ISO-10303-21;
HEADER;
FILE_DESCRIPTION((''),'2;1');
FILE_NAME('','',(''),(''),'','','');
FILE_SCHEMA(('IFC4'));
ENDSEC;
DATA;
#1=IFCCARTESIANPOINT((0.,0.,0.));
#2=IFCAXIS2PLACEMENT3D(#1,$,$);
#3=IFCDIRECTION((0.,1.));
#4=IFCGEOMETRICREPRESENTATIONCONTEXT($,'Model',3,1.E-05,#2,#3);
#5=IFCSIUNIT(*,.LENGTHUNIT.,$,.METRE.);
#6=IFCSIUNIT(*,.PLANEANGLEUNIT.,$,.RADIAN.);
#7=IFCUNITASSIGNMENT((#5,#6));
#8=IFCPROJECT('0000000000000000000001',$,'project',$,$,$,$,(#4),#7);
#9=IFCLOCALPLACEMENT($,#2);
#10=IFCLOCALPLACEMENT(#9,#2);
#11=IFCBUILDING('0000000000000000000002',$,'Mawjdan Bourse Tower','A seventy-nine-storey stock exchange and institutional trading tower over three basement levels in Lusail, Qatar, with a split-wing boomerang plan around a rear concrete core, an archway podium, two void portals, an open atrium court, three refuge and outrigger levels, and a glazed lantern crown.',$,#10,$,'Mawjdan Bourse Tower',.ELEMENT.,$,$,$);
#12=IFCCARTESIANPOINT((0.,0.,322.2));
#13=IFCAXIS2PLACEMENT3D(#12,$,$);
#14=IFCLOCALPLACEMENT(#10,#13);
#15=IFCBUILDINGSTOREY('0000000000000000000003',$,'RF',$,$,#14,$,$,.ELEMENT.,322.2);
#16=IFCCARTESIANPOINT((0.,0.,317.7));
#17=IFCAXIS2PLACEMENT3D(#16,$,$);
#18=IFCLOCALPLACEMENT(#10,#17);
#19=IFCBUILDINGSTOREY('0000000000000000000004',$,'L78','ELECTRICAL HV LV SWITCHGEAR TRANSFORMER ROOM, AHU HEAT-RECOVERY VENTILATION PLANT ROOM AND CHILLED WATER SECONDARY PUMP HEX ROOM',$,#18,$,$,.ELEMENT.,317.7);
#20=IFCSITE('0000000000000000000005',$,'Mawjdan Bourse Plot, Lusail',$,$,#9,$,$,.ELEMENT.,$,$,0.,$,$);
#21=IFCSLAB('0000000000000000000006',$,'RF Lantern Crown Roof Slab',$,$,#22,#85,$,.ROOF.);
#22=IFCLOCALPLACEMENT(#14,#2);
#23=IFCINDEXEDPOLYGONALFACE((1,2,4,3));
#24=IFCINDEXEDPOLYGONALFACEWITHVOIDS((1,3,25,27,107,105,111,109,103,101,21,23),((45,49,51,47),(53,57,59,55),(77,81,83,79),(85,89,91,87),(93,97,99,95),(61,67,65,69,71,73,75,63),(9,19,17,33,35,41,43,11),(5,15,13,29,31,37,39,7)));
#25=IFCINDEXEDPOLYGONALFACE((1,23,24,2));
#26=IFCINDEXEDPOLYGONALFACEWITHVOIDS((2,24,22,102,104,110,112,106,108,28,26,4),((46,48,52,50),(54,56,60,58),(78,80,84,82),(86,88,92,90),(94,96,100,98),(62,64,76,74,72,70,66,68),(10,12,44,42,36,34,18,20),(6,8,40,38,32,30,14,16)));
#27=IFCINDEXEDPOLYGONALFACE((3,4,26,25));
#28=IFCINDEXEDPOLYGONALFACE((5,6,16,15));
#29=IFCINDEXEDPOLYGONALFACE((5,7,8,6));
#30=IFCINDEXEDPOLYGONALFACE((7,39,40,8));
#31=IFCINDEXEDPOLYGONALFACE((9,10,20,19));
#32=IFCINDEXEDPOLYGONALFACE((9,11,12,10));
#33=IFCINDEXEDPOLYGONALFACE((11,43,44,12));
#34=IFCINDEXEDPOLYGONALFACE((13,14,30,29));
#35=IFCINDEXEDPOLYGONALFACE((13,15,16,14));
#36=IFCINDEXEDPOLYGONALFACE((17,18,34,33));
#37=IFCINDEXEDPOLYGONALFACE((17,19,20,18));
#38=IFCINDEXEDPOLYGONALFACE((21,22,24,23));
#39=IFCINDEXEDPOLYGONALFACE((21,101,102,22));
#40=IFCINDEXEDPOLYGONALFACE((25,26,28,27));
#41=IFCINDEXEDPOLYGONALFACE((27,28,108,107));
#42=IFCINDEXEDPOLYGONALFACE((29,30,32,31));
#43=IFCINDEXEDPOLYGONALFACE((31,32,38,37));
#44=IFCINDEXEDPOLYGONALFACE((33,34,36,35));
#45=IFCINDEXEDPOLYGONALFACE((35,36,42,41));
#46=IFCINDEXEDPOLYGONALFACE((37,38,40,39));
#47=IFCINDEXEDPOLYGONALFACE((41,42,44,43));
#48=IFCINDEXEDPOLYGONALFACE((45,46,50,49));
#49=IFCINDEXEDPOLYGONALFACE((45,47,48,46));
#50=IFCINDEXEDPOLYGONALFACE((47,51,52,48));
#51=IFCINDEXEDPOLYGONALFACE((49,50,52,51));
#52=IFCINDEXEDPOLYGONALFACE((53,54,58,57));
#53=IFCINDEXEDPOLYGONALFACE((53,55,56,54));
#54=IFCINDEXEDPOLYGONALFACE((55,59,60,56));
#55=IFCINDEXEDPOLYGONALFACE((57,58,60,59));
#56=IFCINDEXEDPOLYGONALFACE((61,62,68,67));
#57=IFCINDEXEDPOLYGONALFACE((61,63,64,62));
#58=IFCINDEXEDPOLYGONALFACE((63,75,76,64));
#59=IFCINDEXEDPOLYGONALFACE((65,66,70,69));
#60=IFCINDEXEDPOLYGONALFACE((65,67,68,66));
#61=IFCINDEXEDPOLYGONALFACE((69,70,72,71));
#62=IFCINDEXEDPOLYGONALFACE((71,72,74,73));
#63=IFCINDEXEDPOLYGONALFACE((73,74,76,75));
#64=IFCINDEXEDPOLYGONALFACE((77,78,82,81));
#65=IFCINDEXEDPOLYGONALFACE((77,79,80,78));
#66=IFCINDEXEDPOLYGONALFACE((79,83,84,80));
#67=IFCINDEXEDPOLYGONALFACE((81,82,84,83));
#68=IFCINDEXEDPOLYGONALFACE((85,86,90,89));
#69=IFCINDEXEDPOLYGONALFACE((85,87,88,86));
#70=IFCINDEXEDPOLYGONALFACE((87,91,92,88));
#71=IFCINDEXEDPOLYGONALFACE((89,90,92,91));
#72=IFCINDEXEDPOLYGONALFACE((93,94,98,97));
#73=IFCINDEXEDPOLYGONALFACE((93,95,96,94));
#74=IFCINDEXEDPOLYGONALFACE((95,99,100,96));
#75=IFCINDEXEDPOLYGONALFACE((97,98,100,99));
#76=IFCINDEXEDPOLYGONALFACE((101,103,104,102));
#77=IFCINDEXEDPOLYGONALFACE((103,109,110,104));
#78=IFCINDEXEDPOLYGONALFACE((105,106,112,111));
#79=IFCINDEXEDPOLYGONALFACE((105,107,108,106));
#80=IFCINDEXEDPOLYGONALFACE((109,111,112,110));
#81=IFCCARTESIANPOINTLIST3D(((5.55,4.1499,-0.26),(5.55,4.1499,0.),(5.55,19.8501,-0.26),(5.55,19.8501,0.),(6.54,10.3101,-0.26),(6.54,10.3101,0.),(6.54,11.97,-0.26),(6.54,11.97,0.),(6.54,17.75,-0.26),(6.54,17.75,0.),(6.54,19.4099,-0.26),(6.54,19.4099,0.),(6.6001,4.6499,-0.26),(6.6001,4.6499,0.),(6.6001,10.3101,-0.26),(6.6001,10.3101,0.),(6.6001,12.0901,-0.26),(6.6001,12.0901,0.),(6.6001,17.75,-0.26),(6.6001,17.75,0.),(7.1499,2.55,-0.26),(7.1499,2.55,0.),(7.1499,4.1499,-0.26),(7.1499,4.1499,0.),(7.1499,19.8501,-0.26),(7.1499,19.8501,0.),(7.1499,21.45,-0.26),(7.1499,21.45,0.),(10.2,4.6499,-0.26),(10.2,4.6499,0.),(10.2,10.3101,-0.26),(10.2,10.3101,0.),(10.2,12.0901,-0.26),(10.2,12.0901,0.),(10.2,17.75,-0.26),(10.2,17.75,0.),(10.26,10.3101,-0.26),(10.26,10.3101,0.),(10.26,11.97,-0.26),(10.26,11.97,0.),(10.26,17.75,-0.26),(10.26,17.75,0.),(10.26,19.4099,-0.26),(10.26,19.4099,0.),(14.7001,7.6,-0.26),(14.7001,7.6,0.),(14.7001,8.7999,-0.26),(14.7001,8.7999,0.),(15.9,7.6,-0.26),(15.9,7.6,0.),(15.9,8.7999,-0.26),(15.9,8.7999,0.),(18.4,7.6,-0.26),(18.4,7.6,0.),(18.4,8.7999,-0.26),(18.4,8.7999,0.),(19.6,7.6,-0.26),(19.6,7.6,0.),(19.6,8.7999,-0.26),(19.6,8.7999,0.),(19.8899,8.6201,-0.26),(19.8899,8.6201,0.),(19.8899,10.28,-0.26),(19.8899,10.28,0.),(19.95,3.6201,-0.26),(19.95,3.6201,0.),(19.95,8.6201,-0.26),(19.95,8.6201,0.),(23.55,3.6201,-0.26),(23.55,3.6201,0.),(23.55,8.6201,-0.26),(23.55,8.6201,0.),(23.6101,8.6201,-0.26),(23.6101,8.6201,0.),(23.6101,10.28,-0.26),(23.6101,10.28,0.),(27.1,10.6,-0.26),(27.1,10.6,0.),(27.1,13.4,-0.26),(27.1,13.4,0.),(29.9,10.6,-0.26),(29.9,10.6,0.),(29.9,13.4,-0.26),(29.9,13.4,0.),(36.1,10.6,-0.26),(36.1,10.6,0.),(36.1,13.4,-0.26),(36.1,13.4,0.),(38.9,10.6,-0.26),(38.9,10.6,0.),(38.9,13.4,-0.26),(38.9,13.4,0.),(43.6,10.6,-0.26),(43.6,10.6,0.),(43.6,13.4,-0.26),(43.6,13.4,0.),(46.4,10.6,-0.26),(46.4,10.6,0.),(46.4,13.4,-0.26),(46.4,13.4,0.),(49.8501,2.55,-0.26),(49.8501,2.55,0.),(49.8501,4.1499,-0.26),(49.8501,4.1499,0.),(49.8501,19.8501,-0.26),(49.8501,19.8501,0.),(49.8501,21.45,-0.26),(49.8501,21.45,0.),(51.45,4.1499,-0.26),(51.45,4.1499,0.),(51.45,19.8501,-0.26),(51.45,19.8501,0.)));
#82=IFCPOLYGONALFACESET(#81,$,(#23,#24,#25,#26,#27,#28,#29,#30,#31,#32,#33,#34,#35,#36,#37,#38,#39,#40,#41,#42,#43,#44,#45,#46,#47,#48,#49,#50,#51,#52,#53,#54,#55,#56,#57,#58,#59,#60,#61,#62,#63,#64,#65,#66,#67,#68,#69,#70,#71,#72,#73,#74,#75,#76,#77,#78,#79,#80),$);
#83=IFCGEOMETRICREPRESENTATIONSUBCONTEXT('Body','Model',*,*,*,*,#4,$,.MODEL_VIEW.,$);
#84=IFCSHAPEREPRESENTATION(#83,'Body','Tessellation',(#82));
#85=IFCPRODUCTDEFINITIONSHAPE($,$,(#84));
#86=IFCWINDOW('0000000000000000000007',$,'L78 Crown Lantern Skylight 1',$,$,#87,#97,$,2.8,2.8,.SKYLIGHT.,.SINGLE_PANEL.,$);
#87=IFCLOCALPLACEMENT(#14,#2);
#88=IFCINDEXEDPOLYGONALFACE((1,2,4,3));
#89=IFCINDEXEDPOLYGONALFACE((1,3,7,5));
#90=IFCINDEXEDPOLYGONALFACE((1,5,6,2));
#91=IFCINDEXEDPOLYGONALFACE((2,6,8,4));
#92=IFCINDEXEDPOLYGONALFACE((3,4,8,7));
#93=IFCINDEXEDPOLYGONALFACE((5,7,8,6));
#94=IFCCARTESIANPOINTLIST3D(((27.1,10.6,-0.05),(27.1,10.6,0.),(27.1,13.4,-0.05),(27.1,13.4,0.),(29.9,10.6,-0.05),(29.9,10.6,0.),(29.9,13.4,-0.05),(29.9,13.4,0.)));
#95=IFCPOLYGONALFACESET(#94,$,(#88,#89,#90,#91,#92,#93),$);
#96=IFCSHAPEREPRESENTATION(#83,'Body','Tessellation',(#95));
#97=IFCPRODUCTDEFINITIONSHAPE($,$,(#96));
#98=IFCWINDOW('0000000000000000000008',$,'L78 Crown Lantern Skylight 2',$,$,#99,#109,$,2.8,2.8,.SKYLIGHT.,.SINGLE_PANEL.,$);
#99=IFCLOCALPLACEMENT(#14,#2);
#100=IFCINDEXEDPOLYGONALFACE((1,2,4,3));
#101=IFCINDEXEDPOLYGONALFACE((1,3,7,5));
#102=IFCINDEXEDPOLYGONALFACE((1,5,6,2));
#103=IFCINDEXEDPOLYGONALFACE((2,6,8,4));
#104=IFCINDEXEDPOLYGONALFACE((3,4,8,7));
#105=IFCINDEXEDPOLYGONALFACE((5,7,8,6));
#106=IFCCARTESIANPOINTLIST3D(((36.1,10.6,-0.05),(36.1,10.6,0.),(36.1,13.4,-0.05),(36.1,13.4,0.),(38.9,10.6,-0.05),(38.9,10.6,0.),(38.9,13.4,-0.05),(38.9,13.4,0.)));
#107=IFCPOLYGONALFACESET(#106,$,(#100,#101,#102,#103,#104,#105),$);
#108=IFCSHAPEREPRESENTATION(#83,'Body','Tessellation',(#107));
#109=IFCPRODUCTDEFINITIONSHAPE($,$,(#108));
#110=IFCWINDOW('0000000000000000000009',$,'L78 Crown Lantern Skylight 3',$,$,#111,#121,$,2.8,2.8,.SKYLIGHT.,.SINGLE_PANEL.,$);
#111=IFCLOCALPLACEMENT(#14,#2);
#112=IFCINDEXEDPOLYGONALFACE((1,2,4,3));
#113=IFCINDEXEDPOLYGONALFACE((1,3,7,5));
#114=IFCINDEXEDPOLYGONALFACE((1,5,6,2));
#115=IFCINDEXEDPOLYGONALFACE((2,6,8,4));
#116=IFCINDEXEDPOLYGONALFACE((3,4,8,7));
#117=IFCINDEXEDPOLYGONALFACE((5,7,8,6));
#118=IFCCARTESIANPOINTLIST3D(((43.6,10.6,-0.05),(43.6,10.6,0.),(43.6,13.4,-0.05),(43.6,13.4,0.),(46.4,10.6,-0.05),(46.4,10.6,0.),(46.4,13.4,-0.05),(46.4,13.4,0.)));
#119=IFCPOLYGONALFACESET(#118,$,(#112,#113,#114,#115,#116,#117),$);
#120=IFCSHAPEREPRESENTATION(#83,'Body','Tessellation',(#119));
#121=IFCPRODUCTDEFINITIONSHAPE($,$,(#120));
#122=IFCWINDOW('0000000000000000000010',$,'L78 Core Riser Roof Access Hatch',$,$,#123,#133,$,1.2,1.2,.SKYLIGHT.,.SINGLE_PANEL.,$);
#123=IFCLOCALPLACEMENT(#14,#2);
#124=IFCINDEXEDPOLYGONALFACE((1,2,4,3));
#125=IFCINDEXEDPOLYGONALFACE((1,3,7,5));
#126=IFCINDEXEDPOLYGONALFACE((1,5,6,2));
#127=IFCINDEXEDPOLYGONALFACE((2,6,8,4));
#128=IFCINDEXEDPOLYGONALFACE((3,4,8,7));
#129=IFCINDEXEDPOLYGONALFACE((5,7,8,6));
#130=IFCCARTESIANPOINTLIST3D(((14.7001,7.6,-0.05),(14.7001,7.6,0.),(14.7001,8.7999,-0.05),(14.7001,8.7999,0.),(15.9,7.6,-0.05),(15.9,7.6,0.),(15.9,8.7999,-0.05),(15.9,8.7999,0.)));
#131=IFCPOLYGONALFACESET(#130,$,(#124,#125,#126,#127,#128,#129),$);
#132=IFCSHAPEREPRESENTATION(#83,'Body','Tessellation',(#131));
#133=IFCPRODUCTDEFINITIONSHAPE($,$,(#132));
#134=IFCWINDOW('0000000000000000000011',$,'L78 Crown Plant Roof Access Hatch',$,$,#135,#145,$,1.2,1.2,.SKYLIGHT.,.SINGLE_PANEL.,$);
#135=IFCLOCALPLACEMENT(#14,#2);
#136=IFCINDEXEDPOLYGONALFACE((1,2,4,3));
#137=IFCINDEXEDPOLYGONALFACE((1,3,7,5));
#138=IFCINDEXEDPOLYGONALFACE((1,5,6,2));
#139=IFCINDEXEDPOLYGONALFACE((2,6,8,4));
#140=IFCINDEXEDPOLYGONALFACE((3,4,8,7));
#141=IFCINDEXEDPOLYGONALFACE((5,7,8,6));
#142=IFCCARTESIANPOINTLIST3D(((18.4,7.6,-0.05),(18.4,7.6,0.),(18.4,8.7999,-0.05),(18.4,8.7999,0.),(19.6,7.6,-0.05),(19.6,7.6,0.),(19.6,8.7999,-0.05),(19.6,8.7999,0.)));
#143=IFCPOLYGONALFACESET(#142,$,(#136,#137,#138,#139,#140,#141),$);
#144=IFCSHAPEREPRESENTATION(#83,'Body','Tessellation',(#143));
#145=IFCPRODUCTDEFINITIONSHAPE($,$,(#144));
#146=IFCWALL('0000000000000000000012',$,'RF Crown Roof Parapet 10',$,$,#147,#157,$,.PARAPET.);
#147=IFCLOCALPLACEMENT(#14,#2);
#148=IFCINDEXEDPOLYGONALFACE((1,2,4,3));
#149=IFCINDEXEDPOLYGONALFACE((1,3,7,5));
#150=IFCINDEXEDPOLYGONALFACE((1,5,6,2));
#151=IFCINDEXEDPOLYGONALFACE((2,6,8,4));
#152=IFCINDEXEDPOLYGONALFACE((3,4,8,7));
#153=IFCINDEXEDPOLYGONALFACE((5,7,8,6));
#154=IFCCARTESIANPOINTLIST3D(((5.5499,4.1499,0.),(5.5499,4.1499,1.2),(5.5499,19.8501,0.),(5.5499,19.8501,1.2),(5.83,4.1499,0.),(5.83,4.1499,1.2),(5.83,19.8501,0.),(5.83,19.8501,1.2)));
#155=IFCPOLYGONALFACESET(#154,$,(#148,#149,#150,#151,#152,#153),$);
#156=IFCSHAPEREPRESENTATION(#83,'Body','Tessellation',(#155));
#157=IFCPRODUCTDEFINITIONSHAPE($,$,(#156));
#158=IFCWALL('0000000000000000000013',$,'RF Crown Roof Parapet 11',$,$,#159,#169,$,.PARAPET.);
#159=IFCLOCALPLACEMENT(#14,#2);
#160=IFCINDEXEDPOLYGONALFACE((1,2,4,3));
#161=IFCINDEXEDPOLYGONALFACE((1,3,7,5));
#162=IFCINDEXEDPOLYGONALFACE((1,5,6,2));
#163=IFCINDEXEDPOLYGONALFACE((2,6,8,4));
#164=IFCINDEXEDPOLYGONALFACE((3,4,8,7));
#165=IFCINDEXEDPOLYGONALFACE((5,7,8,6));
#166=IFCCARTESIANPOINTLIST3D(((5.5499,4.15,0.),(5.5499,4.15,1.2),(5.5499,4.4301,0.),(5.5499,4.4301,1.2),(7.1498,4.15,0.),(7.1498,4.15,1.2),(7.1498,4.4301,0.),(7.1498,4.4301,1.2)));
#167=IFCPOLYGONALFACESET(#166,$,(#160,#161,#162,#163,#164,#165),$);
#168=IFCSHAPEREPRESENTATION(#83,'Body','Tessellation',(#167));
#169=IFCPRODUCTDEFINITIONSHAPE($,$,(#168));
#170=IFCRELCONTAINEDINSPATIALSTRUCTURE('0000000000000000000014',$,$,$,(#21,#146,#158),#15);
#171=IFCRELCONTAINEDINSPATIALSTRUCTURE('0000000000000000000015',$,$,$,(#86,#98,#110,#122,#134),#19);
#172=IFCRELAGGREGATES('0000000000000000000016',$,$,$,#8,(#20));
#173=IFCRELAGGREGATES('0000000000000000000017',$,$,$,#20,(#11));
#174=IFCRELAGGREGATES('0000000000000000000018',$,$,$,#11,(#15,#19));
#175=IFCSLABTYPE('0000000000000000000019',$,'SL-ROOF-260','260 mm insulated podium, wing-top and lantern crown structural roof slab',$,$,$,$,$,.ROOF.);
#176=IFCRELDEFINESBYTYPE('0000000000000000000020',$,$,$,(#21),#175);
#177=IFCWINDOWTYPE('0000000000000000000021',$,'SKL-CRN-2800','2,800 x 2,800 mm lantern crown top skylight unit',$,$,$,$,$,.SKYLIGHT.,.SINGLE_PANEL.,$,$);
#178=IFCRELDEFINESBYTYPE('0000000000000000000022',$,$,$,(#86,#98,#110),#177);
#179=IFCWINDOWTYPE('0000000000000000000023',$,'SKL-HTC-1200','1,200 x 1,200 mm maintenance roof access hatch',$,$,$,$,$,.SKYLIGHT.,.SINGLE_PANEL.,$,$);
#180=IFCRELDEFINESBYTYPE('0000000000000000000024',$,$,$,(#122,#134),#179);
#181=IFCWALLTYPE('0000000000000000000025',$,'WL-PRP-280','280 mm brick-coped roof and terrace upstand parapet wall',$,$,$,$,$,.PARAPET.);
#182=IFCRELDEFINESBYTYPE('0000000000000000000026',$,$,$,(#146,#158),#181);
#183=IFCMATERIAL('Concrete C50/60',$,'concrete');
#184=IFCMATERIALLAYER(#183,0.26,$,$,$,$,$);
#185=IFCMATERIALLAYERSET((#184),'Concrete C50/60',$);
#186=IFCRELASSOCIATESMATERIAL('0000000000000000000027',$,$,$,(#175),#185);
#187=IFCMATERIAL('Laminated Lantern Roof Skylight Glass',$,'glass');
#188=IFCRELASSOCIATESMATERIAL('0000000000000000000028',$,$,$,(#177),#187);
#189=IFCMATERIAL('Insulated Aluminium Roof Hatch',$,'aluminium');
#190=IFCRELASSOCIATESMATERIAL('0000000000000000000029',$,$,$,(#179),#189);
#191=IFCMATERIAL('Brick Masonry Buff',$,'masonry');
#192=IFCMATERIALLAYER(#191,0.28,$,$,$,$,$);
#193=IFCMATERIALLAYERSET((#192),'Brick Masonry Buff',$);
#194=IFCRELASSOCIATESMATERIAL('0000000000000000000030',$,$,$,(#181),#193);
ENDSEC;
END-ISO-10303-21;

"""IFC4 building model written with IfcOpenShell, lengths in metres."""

from ifc_helpers import new_model, si_unit, direction, frame, frame_2d, origin, origin_2d, place, context, subcontext, project, spatial, polyline, rectangle, outline, extrude, material, layer, layer_set, type_object, element, fill, save


model = new_model("IFC4")

# Units and contexts
model_context = context("Model", 3, precision=1e-05, world=origin(), true_north=direction((0.0, 1.0)))
body_context = subcontext(model_context, "Body", "Model", "MODEL_VIEW")
ifc_project = project(units=[si_unit("LENGTHUNIT", "METRE"), si_unit("PLANEANGLEUNIT", "RADIAN")], contexts=[model_context])

# Site, building, storey
site_placement = place(None, origin())
site = spatial("IfcSite", under=ifc_project, at=site_placement, Name="Mawjdan Bourse Plot, Lusail", CompositionType="ELEMENT", RefElevation=0.0)
building_placement = place(site_placement, origin())
building = spatial("IfcBuilding", under=site, at=building_placement, Name="Mawjdan Bourse Tower", Description="A seventy-nine-storey stock exchange and institutional trading tower over three basement levels in Lusail, Qatar, with a split-wing boomerang plan around a rear concrete core, an archway podium, two void portals, an open atrium court, three refuge and outrigger levels, and a glazed lantern crown.", LongName="Mawjdan Bourse Tower", CompositionType="ELEMENT")
storey_1_placement = place(building_placement, frame((0.0, 0.0, 322.2)))
storey_1 = spatial("IfcBuildingStorey", under=building, at=storey_1_placement, Name="RF", CompositionType="ELEMENT", Elevation=322.2)

# Shared definitions
ifc_material_1 = material(Name="Concrete C50/60", Category="concrete")

# Slab, openings
ifc_layer_1 = layer(ifc_material_1, 0.26)
ifc_layer_set_1 = layer_set([ifc_layer_1], Name="Concrete C50/60")
slab_type_1 = type_object("IfcSlabType", Name="SL-ROOF-260", Description="260 mm insulated podium, wing-top and lantern crown structural roof slab", PredefinedType="ROOF", material=ifc_layer_set_1)
slab_1_placement = place(storey_1_placement, frame((0.0, 0.0, -0.26)))
slab_1 = element("IfcSlab", 1, at=slab_1_placement, inside=storey_1, type_object=slab_type_1, Name="RF Lantern Crown Roof Slab", PredefinedType="ROOF", context=body_context, shape_type="SweptSolid", body=[
    extrude(outline(polyline([(7.1499, 2.55), (49.8501, 2.55), (49.8501, 4.1499), (51.45, 4.1499), (51.45, 19.8501), (49.8501, 19.8501), (49.8501, 21.45), (7.1499, 21.45), (7.1499, 19.8501), (5.55, 19.8501), (5.55, 4.1499), (7.1499, 4.1499), (7.1499, 2.55)]), holes=[polyline([(19.8899, 8.6201), (19.8899, 10.28), (23.6101, 10.28), (23.6101, 8.6201), (23.55, 8.6201), (23.55, 3.6201), (19.95, 3.6201), (19.95, 8.6201), (19.8899, 8.6201)]), polyline([(10.2, 4.6499), (6.6001, 4.6499), (6.6001, 10.3101), (6.54, 10.3101), (6.54, 11.97), (10.26, 11.97), (10.26, 10.3101), (10.2, 10.3101), (10.2, 4.6499)]), polyline([(6.54, 19.4099), (10.26, 19.4099), (10.26, 17.75), (10.2, 17.75), (10.2, 12.0901), (6.6001, 12.0901), (6.6001, 17.75), (6.54, 17.75), (6.54, 19.4099)])]), origin(), (0.0, 0.0, 1.0), 0.26),
])
opening_1_placement = place(slab_1_placement, frame((28.5, 12.0, 0.0)))
opening_1 = element("IfcOpeningElement", 2, at=opening_1_placement, cuts=slab_1, PredefinedType="OPENING", context=body_context, shape_type="SweptSolid", body=[
    extrude(rectangle(XDim=2.8, YDim=2.8, at=origin_2d()), frame((0.0, 0.0, -0.01)), (0.0, 0.0, 1.0), 0.28),
])
opening_2_placement = place(slab_1_placement, frame((37.5, 12.0, 0.0)))
opening_2 = element("IfcOpeningElement", 3, at=opening_2_placement, cuts=slab_1, PredefinedType="OPENING", context=body_context, shape_type="SweptSolid", body=[
    extrude(rectangle(XDim=2.8, YDim=2.8, at=origin_2d()), frame((0.0, 0.0, -0.01)), (0.0, 0.0, 1.0), 0.28),
])
opening_3_placement = place(slab_1_placement, frame((45.0, 12.0, 0.0)))
opening_3 = element("IfcOpeningElement", 4, at=opening_3_placement, cuts=slab_1, PredefinedType="OPENING", context=body_context, shape_type="SweptSolid", body=[
    extrude(rectangle(XDim=2.8, YDim=2.8, at=origin_2d()), frame((0.0, 0.0, -0.01)), (0.0, 0.0, 1.0), 0.28),
])
opening_4_placement = place(slab_1_placement, frame((15.3, 8.2, 0.0)))
opening_4 = element("IfcOpeningElement", 5, at=opening_4_placement, cuts=slab_1, PredefinedType="OPENING", context=body_context, shape_type="SweptSolid", body=[
    extrude(rectangle(XDim=1.2, YDim=1.2, at=origin_2d()), frame((0.0, 0.0, -0.01)), (0.0, 0.0, 1.0), 0.28),
])
opening_5_placement = place(slab_1_placement, frame((19.0, 8.2, 0.0)))
opening_5 = element("IfcOpeningElement", 6, at=opening_5_placement, cuts=slab_1, PredefinedType="OPENING", context=body_context, shape_type="SweptSolid", body=[
    extrude(rectangle(XDim=1.2, YDim=1.2, at=origin_2d()), frame((0.0, 0.0, -0.01)), (0.0, 0.0, 1.0), 0.28),
])

# Shared definitions
storey_2_placement = place(building_placement, frame((0.0, 0.0, 317.7)))
storey_2 = spatial("IfcBuildingStorey", under=building, at=storey_2_placement, Name="L78", Description="ELECTRICAL HV LV SWITCHGEAR TRANSFORMER ROOM, AHU HEAT-RECOVERY VENTILATION PLANT ROOM AND CHILLED WATER SECONDARY PUMP HEX ROOM", CompositionType="ELEMENT", Elevation=317.7)

# Windows
ifc_material_2 = material(Name="Laminated Lantern Roof Skylight Glass", Category="glass")
window_type_1 = type_object("IfcWindowType", Name="SKL-CRN-2800", Description="2,800 x 2,800 mm lantern crown top skylight unit", PartitioningType="SINGLE_PANEL", PredefinedType="SKYLIGHT", material=ifc_material_2)
window_1_placement = place(opening_1_placement, frame((0.0, 0.0, 0.21)))
window_1 = element("IfcWindow", 7, at=window_1_placement, inside=storey_2, type_object=window_type_1, Name="L78 Crown Lantern Skylight 1", OverallHeight=2.8, OverallWidth=2.8, PartitioningType="SINGLE_PANEL", PredefinedType="SKYLIGHT", context=body_context, shape_type="SweptSolid", body=[
    extrude(rectangle(XDim=2.8, YDim=2.8, at=origin_2d()), origin(), (0.0, 0.0, 1.0), 0.05),
])
fill(opening_1, window_1)
window_2_placement = place(opening_2_placement, frame((0.0, 0.0, 0.21)))
window_2 = element("IfcWindow", 8, at=window_2_placement, inside=storey_2, type_object=window_type_1, Name="L78 Crown Lantern Skylight 2", OverallHeight=2.8, OverallWidth=2.8, PartitioningType="SINGLE_PANEL", PredefinedType="SKYLIGHT", context=body_context, shape_type="SweptSolid", body=[
    extrude(rectangle(XDim=2.8, YDim=2.8, at=origin_2d()), origin(), (0.0, 0.0, 1.0), 0.05),
])
fill(opening_2, window_2)
window_3_placement = place(opening_3_placement, frame((0.0, 0.0, 0.21)))
window_3 = element("IfcWindow", 9, at=window_3_placement, inside=storey_2, type_object=window_type_1, Name="L78 Crown Lantern Skylight 3", OverallHeight=2.8, OverallWidth=2.8, PartitioningType="SINGLE_PANEL", PredefinedType="SKYLIGHT", context=body_context, shape_type="SweptSolid", body=[
    extrude(rectangle(XDim=2.8, YDim=2.8, at=origin_2d()), origin(), (0.0, 0.0, 1.0), 0.05),
])
fill(opening_3, window_3)
ifc_material_3 = material(Name="Insulated Aluminium Roof Hatch", Category="aluminium")
window_type_2 = type_object("IfcWindowType", Name="SKL-HTC-1200", Description="1,200 x 1,200 mm maintenance roof access hatch", PartitioningType="SINGLE_PANEL", PredefinedType="SKYLIGHT", material=ifc_material_3)
window_4_placement = place(opening_4_placement, frame((0.0, 0.0, 0.21)))
window_4 = element("IfcWindow", 10, at=window_4_placement, inside=storey_2, type_object=window_type_2, Name="L78 Core Riser Roof Access Hatch", OverallHeight=1.2, OverallWidth=1.2, PartitioningType="SINGLE_PANEL", PredefinedType="SKYLIGHT", context=body_context, shape_type="SweptSolid", body=[
    extrude(rectangle(XDim=1.2, YDim=1.2, at=origin_2d()), origin(), (0.0, 0.0, 1.0), 0.05),
])
fill(opening_4, window_4)
window_5_placement = place(opening_5_placement, frame((0.0, 0.0, 0.21)))
window_5 = element("IfcWindow", 11, at=window_5_placement, inside=storey_2, type_object=window_type_2, Name="L78 Crown Plant Roof Access Hatch", OverallHeight=1.2, OverallWidth=1.2, PartitioningType="SINGLE_PANEL", PredefinedType="SKYLIGHT", context=body_context, shape_type="SweptSolid", body=[
    extrude(rectangle(XDim=1.2, YDim=1.2, at=origin_2d()), origin(), (0.0, 0.0, 1.0), 0.05),
])
fill(opening_5, window_5)

# Walls
ifc_material_4 = material(Name="Brick Masonry Buff", Category="masonry")
ifc_layer_2 = layer(ifc_material_4, 0.28)
ifc_layer_set_2 = layer_set([ifc_layer_2], Name="Brick Masonry Buff")
wall_type = type_object("IfcWallType", Name="WL-PRP-280", Description="280 mm brick-coped roof and terrace upstand parapet wall", PredefinedType="PARAPET", material=ifc_layer_set_2)
wall_1_placement = place(storey_1_placement, frame((5.6899, 19.8501, 0.0), z_axis=(0.0, 0.0, 1.0), x_axis=(0.0, -1.0, 0.0)))
element("IfcWall", 12, at=wall_1_placement, inside=storey_1, type_object=wall_type, Name="RF Crown Roof Parapet 10", PredefinedType="PARAPET", context=body_context, shape_type="SweptSolid", body=[
    extrude(rectangle(XDim=15.7002, YDim=0.28, at=frame_2d((7.8501, 0.0))), origin(), (0.0, 0.0, 1.0), 1.2),
])
wall_2_placement = place(storey_1_placement, frame((5.55, 4.29, 0.0), z_axis=(0.0, 0.0, 1.0), x_axis=(1.0, 0.0, 0.0)))
element("IfcWall", 13, at=wall_2_placement, inside=storey_1, type_object=wall_type, Name="RF Crown Roof Parapet 11", PredefinedType="PARAPET", context=body_context, shape_type="SweptSolid", body=[
    extrude(rectangle(XDim=1.5999, YDim=0.28, at=frame_2d((0.7998, 0.0))), origin(), (0.0, 0.0, 1.0), 1.2),
])

save(model, "model.ifc")
